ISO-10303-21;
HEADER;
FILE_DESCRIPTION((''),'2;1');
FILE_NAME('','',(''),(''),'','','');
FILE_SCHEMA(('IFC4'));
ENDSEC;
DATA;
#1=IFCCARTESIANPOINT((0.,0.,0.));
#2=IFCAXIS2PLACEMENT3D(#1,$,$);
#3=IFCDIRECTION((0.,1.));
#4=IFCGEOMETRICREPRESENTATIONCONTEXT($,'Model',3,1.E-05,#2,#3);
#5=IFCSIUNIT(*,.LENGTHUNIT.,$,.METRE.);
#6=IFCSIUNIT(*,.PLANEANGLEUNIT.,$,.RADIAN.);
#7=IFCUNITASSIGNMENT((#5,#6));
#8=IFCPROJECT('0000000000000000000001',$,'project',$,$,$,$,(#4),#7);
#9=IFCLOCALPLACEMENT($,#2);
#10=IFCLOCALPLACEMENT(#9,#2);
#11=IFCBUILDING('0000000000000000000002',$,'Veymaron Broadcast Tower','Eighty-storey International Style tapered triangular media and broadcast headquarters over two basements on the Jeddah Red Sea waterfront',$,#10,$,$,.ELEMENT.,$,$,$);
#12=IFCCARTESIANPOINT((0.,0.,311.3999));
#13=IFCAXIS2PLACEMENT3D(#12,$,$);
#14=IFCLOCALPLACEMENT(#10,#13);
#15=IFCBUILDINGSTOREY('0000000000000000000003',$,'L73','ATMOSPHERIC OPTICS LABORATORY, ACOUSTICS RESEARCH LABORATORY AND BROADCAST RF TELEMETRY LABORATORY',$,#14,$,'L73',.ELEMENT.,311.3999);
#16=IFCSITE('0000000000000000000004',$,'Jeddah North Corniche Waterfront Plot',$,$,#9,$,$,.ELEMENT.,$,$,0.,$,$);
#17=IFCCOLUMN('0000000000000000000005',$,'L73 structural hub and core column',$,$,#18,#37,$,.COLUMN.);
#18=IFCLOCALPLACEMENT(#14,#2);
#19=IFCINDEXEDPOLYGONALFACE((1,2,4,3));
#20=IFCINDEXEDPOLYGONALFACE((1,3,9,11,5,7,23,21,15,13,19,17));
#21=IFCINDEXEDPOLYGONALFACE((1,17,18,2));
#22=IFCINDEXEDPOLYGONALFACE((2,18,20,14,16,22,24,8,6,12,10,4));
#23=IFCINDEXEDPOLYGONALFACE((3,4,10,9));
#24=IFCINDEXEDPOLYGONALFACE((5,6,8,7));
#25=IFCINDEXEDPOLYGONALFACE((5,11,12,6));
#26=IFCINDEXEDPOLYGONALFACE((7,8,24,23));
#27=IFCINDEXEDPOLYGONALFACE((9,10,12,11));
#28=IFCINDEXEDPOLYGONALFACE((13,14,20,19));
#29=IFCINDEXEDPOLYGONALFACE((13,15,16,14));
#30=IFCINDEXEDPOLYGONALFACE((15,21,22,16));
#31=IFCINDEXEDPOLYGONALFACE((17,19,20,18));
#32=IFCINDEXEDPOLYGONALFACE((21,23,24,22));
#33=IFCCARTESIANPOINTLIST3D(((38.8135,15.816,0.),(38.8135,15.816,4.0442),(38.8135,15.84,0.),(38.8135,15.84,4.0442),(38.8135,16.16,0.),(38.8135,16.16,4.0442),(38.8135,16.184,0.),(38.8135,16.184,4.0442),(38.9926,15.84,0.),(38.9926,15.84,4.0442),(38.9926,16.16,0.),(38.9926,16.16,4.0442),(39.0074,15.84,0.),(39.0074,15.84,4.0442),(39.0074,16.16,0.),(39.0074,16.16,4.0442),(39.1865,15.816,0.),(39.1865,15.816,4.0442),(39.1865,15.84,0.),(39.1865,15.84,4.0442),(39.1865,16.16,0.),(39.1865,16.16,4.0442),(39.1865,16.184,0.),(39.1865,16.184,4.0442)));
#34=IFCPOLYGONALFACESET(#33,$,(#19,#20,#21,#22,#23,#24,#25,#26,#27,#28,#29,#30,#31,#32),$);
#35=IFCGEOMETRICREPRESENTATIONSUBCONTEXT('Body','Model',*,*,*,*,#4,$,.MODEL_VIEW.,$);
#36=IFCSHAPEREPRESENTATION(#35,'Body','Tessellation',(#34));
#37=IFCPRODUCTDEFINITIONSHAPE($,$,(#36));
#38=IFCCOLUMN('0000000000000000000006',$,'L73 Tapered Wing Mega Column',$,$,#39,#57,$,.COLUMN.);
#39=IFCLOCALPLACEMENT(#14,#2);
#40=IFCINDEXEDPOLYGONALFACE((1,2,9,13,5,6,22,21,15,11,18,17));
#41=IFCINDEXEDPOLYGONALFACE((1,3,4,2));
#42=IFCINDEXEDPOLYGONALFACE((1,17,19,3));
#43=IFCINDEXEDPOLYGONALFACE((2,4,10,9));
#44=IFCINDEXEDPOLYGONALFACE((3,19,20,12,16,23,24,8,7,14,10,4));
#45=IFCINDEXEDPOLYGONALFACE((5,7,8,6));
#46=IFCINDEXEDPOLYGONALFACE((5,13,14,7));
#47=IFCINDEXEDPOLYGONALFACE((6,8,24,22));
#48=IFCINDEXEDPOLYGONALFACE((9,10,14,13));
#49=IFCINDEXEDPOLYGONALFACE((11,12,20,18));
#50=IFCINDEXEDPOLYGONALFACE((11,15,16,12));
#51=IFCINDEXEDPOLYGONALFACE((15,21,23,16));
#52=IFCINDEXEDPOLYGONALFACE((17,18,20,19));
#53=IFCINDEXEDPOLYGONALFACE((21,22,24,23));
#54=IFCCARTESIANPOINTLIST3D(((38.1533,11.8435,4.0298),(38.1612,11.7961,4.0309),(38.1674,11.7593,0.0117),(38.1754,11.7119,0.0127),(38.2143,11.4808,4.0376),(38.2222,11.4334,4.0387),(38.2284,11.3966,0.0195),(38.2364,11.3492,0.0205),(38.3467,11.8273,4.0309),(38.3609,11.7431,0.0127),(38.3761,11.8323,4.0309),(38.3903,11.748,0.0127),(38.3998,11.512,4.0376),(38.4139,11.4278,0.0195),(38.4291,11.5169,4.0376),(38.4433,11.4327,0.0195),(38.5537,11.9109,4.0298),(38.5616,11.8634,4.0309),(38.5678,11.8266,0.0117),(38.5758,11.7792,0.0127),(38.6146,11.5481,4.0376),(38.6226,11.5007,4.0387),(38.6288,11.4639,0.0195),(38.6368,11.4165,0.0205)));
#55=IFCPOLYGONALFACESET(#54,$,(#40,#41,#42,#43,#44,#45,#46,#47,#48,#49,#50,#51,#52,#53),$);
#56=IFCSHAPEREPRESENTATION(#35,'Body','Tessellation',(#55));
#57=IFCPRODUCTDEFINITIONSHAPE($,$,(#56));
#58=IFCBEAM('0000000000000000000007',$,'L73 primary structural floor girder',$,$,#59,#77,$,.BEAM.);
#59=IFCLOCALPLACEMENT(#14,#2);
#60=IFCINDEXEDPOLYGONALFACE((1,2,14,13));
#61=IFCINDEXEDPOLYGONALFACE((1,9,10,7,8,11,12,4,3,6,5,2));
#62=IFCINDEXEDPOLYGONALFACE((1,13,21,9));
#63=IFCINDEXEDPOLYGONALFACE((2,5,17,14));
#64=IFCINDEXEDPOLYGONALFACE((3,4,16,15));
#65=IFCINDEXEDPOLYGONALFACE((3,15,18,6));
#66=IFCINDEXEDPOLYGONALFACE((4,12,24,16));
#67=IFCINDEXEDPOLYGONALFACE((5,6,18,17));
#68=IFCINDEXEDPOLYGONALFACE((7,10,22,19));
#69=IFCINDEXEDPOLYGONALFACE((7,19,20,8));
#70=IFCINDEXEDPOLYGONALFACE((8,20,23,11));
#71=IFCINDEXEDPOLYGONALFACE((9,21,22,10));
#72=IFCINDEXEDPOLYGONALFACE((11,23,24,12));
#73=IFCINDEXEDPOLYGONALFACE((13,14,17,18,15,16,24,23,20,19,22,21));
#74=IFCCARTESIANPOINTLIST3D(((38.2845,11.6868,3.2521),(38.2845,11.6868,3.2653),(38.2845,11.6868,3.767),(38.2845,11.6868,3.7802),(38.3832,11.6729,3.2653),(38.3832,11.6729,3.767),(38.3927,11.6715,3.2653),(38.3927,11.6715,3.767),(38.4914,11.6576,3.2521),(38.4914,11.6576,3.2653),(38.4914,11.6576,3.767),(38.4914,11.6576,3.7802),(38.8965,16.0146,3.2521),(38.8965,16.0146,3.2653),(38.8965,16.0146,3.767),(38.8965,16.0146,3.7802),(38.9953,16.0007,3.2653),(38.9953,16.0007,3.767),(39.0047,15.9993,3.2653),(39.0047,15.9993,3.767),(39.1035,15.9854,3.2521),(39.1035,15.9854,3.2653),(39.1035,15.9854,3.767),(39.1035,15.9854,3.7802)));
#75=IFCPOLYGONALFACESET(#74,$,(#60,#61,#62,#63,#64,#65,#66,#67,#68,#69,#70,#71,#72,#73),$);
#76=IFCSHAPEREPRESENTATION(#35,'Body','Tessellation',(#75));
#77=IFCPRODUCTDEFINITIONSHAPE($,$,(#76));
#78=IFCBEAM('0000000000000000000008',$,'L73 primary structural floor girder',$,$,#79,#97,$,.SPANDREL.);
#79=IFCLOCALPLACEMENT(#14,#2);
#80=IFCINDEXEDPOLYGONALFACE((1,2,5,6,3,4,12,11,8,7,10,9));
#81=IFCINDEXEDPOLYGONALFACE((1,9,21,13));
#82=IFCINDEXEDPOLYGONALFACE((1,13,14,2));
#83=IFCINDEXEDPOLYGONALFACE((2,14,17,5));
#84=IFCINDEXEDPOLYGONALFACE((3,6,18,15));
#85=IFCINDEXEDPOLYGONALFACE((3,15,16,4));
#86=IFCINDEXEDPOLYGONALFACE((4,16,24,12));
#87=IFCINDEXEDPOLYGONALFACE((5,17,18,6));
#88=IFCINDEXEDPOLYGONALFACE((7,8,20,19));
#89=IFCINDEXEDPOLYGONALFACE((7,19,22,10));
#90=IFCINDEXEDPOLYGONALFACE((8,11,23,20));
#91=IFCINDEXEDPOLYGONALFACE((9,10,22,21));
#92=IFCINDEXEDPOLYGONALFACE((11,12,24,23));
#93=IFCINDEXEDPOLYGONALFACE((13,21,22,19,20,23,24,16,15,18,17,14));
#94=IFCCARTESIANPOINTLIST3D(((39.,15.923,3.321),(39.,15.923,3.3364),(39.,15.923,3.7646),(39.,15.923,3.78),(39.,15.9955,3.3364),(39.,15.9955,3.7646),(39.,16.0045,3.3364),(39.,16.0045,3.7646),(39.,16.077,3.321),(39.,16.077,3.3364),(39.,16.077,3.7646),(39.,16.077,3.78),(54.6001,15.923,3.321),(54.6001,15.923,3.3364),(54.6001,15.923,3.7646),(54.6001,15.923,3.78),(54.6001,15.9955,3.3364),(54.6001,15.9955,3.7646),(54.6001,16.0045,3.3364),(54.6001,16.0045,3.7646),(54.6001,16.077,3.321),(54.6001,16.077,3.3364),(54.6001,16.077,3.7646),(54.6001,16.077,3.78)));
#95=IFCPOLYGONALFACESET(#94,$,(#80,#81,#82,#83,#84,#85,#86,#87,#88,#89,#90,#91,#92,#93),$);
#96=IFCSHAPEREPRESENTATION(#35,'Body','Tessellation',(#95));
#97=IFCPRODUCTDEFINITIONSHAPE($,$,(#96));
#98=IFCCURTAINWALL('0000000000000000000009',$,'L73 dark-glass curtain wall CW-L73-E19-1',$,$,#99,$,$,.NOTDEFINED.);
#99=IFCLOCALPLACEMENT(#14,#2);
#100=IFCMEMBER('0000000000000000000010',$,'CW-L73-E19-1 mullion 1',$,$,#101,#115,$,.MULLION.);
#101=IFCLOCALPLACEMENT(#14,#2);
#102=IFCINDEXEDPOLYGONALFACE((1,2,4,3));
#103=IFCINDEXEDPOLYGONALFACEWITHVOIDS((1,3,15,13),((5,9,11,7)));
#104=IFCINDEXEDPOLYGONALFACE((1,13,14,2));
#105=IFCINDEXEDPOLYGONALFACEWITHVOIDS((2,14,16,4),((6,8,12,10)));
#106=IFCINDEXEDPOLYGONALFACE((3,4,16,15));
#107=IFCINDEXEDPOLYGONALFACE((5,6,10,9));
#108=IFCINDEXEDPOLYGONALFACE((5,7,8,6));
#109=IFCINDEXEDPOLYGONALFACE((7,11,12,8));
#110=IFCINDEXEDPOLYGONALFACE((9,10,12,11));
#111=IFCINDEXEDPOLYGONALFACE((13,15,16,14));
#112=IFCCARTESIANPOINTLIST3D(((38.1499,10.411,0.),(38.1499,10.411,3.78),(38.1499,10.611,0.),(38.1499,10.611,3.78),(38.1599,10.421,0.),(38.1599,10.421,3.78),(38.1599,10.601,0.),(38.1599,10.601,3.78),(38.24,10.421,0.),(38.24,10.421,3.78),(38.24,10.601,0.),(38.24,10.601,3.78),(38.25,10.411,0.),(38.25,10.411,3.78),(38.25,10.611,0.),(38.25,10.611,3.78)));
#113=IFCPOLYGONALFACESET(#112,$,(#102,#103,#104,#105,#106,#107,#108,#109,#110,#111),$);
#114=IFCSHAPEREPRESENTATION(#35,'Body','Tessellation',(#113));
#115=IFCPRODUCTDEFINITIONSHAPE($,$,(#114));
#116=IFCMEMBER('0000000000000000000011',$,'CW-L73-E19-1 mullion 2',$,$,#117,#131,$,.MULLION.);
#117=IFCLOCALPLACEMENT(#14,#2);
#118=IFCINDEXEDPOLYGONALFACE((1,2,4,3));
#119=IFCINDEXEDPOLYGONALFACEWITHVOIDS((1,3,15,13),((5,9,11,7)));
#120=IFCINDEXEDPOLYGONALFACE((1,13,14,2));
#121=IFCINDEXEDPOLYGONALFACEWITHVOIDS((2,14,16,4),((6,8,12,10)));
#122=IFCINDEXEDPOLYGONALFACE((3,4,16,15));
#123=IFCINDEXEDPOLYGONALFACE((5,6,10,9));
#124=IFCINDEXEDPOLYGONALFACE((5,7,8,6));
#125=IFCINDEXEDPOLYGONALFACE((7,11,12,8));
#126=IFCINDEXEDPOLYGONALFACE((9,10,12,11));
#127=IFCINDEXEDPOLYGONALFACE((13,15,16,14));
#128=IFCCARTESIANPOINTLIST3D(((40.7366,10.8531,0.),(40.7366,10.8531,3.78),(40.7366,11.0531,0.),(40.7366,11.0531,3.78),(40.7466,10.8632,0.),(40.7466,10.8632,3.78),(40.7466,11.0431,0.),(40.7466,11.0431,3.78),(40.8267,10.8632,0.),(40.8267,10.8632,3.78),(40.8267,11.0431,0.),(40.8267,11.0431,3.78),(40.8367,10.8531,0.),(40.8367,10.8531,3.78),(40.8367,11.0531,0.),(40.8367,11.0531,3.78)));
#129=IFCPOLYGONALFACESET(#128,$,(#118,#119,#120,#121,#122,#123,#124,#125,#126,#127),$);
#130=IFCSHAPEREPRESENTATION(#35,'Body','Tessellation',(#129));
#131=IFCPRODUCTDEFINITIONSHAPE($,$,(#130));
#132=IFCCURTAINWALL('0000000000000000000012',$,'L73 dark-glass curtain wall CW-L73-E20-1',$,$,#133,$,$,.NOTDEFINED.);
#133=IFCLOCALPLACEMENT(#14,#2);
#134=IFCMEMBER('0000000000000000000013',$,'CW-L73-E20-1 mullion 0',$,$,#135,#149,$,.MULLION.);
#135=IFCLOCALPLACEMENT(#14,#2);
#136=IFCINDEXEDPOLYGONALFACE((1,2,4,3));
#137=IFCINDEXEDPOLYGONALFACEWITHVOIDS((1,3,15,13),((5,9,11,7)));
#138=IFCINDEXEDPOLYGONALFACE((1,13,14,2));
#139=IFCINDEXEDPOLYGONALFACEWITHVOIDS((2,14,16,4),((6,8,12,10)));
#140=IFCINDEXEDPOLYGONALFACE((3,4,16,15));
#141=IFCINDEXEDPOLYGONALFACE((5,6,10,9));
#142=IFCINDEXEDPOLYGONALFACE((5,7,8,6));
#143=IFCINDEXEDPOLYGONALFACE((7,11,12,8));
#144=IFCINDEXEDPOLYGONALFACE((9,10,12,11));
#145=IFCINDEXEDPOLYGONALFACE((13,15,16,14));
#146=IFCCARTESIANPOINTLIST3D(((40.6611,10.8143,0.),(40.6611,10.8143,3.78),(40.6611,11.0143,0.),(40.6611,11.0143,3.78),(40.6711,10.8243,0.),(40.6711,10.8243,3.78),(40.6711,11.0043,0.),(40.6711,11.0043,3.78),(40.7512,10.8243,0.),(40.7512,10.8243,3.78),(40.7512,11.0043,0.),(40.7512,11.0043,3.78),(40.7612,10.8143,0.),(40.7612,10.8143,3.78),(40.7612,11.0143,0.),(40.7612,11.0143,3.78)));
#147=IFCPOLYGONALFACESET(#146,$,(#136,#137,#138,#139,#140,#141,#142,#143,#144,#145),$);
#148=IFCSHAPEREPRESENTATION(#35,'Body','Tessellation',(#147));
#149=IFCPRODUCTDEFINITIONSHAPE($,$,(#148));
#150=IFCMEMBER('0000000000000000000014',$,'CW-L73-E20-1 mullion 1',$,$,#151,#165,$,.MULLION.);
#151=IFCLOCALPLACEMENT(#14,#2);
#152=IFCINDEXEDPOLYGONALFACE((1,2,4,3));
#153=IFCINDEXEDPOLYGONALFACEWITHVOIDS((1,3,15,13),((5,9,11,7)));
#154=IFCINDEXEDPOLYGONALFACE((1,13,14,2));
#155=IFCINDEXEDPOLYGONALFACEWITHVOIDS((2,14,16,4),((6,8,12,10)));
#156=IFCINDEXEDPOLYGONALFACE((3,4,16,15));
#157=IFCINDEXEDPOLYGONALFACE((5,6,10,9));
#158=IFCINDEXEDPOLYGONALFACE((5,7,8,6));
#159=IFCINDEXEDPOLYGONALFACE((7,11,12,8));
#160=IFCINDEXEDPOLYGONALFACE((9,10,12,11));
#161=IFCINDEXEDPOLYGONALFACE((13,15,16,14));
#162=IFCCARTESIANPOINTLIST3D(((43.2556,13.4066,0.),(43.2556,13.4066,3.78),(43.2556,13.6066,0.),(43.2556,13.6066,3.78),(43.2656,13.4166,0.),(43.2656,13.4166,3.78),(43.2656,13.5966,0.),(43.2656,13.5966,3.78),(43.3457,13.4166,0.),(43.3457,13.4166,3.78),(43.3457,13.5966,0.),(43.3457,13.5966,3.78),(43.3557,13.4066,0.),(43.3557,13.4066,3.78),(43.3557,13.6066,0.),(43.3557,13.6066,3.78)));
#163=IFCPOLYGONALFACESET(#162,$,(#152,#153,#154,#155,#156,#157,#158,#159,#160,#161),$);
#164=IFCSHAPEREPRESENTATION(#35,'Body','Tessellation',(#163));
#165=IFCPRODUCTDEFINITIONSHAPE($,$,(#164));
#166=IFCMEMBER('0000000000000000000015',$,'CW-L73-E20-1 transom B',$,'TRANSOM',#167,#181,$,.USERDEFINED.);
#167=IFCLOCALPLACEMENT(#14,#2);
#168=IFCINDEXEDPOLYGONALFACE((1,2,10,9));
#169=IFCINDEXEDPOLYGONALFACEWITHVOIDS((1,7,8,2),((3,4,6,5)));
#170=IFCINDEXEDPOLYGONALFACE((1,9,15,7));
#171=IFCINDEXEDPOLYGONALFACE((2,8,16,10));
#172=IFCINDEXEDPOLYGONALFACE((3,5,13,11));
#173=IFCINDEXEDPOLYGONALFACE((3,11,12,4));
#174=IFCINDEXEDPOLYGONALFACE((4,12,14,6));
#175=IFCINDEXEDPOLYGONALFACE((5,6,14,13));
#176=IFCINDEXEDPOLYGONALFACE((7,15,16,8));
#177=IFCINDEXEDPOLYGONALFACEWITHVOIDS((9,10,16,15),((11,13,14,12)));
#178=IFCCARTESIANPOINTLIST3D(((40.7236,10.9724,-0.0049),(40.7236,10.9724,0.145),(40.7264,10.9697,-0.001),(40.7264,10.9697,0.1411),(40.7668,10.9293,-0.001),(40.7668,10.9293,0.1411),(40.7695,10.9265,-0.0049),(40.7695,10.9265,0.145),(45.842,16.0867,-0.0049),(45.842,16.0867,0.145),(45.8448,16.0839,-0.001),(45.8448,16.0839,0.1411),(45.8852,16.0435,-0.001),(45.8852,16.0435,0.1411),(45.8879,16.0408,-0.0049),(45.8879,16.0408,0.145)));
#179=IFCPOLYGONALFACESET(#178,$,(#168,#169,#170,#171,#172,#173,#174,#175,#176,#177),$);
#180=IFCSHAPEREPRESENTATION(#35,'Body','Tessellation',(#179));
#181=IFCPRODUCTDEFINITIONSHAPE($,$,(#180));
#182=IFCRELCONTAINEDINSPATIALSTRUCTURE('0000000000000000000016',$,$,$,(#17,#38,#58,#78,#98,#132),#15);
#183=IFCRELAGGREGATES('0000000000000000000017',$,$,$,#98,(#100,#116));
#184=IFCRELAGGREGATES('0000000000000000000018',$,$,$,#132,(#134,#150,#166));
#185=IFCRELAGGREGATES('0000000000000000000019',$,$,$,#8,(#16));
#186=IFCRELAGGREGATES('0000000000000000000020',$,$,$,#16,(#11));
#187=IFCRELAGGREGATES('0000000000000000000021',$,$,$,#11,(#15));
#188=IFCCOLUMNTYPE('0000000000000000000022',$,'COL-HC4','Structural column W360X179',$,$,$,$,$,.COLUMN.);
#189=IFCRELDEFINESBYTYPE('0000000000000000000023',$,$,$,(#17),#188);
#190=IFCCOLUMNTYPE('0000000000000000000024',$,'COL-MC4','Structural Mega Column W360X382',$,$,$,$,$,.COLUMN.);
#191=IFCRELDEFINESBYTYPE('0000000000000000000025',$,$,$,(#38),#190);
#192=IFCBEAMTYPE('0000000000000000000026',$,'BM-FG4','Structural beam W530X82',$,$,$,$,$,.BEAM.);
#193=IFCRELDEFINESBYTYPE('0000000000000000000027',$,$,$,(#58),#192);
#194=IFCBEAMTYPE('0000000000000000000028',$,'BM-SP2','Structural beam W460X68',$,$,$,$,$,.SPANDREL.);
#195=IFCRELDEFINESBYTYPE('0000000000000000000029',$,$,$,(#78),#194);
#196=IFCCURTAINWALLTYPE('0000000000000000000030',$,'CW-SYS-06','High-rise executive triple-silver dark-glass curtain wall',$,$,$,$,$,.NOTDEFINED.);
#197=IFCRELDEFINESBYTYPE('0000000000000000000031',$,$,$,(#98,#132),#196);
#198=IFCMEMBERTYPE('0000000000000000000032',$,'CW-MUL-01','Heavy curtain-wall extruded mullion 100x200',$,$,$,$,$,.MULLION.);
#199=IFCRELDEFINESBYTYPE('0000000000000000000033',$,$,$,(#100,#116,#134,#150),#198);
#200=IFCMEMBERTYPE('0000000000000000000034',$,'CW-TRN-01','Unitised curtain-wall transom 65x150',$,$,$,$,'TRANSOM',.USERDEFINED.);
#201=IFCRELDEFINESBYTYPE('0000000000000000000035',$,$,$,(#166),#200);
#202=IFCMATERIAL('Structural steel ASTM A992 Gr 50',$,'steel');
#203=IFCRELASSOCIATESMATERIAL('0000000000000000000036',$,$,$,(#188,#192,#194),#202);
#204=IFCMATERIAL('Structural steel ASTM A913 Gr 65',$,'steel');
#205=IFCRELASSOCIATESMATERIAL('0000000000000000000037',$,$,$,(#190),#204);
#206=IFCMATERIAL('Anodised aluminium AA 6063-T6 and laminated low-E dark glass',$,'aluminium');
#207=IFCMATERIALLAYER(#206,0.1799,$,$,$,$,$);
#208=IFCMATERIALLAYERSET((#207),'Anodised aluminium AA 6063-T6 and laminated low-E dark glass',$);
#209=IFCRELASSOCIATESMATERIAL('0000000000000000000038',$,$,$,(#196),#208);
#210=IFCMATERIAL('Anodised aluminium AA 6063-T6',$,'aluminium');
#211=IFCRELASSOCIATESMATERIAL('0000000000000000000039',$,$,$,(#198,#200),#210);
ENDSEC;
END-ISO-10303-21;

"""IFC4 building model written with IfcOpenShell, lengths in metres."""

from ifc_helpers import new_model, si_unit, direction, frame, origin, origin_2d, place, context, subcontext, project, spatial, hollow_rectangle, i_section, extrude, material, layer, layer_set, material_profile, profile_set, type_object, element, aggregate, save


model = new_model("IFC4")

# Units and contexts
model_context = context("Model", 3, precision=1e-05, world=origin(), true_north=direction((0.0, 1.0)))
body_context = subcontext(model_context, "Body", "Model", "MODEL_VIEW")
ifc_project = project(units=[si_unit("LENGTHUNIT", "METRE"), si_unit("PLANEANGLEUNIT", "RADIAN")], contexts=[model_context])

# Site, building, storey
site_placement = place(None, origin())
site = spatial("IfcSite", under=ifc_project, at=site_placement, Name="Jeddah North Corniche Waterfront Plot", CompositionType="ELEMENT", RefElevation=0.0)
building_placement = place(site_placement, origin())
building = spatial("IfcBuilding", under=site, at=building_placement, Name="Veymaron Broadcast Tower", Description="Eighty-storey International Style tapered triangular media and broadcast headquarters over two basements on the Jeddah Red Sea waterfront", CompositionType="ELEMENT")
storey_placement = place(building_placement, frame((0.0, 0.0, 311.3999)))
storey = spatial("IfcBuildingStorey", under=building, at=storey_placement, Name="L73", Description="ATMOSPHERIC OPTICS LABORATORY, ACOUSTICS RESEARCH LABORATORY AND BROADCAST RF TELEMETRY LABORATORY", LongName="L73", CompositionType="ELEMENT", Elevation=311.3999)

# Columns
ifc_material_1 = material(Name="Structural steel ASTM A992 Gr 50", Category="steel")
ifc_material_profile_1 = material_profile(ifc_material_1, i_section(OverallWidth=0.373, OverallDepth=0.3679, WebThickness=0.0149, FlangeThickness=0.0239, at=origin_2d()), Name="W360X179")
ifc_profile_set_1 = profile_set([ifc_material_profile_1], Name="Structural steel ASTM A992 Gr 50")
column_type_1 = type_object("IfcColumnType", Name="COL-HC4", Description="Structural column W360X179", PredefinedType="COLUMN", material=ifc_profile_set_1)
column_1_placement = place(storey_placement, frame((39.0, 16.0, 0.0), z_axis=(0.0, 0.0, 1.0), x_axis=(1.0, 0.0, 0.0)))
element("IfcColumn", 1, at=column_1_placement, inside=storey, type_object=column_type_1, Name="L73 structural hub and core column", PredefinedType="COLUMN", context=body_context, shape_type="SweptSolid", body=[
    extrude(i_section(OverallWidth=0.373, OverallDepth=0.3679, WebThickness=0.0149, FlangeThickness=0.0239, at=origin_2d()), origin(), (0.0, 0.0, 1.0), 4.0442),
])
ifc_material_2 = material(Name="Structural steel ASTM A913 Gr 65", Category="steel")
ifc_material_profile_2 = material_profile(ifc_material_2, i_section(OverallWidth=0.406, OverallDepth=0.416, WebThickness=0.0298, FlangeThickness=0.0481, at=origin_2d()), Name="W360X382")
ifc_profile_set_2 = profile_set([ifc_material_profile_2], Name="Structural steel ASTM A913 Gr 65")
column_type_2 = type_object("IfcColumnType", Name="COL-MC4", Description="Structural Mega Column W360X382", PredefinedType="COLUMN", material=ifc_profile_set_2)
column_2_placement = place(storey_placement, frame((38.4021, 11.5879, 0.0161), z_axis=(-0.003523, 0.020958, 0.999774), x_axis=(-0.986161, -0.165789, 0.0)))
element("IfcColumn", 2, at=column_2_placement, inside=storey, type_object=column_type_2, Name="L73 Tapered Wing Mega Column", PredefinedType="COLUMN", context=body_context, shape_type="SweptSolid", body=[
    extrude(i_section(OverallWidth=0.406, OverallDepth=0.416, WebThickness=0.0298, FlangeThickness=0.0481, at=origin_2d()), origin(), (0.0, 0.0, 1.0), 4.019),
])

# Beams
ifc_material_profile_3 = material_profile(ifc_material_1, i_section(OverallWidth=0.209, OverallDepth=0.5281, WebThickness=0.0095, FlangeThickness=0.0132, at=origin_2d()), Name="W530X82")
ifc_profile_set_3 = profile_set([ifc_material_profile_3], Name="Structural steel ASTM A992 Gr 50")
beam_type_1 = type_object("IfcBeamType", Name="BM-FG4", Description="Structural beam W530X82", PredefinedType="BEAM", material=ifc_profile_set_3)
beam_1_placement = place(storey_placement, frame((39.0, 16.0, 3.5161), z_axis=(-0.140029, -0.990147, 0.0), x_axis=(0.990147, -0.140029, 0.0)))
element("IfcBeam", 3, at=beam_1_placement, inside=storey, type_object=beam_type_1, Name="L73 primary structural floor girder", PredefinedType="BEAM", context=body_context, shape_type="SweptSolid", body=[
    extrude(i_section(OverallWidth=0.209, OverallDepth=0.5281, WebThickness=0.0095, FlangeThickness=0.0132, at=origin_2d()), origin(), (0.0, 0.0, 1.0), 4.3708),
])
ifc_material_profile_4 = material_profile(ifc_material_1, i_section(OverallWidth=0.1541, OverallDepth=0.459, WebThickness=0.009, FlangeThickness=0.0154, at=origin_2d()), Name="W460X68")
ifc_profile_set_4 = profile_set([ifc_material_profile_4], Name="Structural steel ASTM A992 Gr 50")
beam_type_2 = type_object("IfcBeamType", Name="BM-SP2", Description="Structural beam W460X68", PredefinedType="SPANDREL", material=ifc_profile_set_4)
beam_2_placement = place(storey_placement, frame((39.0, 16.0, 3.5505), z_axis=(1.0, 0.0, 0.0), x_axis=(0.0, 1.0, 0.0)))
element("IfcBeam", 4, at=beam_2_placement, inside=storey, type_object=beam_type_2, Name="L73 primary structural floor girder", PredefinedType="SPANDREL", context=body_context, shape_type="SweptSolid", body=[
    extrude(i_section(OverallWidth=0.1541, OverallDepth=0.459, WebThickness=0.009, FlangeThickness=0.0154, at=origin_2d()), origin(), (0.0, 0.0, 1.0), 15.6001),
])

# Curtain walls, members
ifc_material_3 = material(Name="Anodised aluminium AA 6063-T6 and laminated low-E dark glass", Category="aluminium")
ifc_layer_1 = layer(ifc_material_3, 0.1799)
ifc_layer_set_1 = layer_set([ifc_layer_1], Name="Anodised aluminium AA 6063-T6 and laminated low-E dark glass")
curtain_wall_type = type_object("IfcCurtainWallType", Name="CW-SYS-06", Description="High-rise executive triple-silver dark-glass curtain wall", PredefinedType="NOTDEFINED", material=ifc_layer_set_1)
curtain_wall_1_placement = place(storey_placement, origin())
curtain_wall_1 = element("IfcCurtainWall", 5, at=curtain_wall_1_placement, inside=storey, type_object=curtain_wall_type, Name="L73 dark-glass curtain wall CW-L73-E19-1", PredefinedType="NOTDEFINED")
ifc_material_4 = material(Name="Anodised aluminium AA 6063-T6", Category="aluminium")
ifc_material_profile_5 = material_profile(ifc_material_4, hollow_rectangle(XDim=0.1001, YDim=0.2, WallThickness=0.01, at=origin_2d()), Name="RHS200X100X10")
ifc_profile_set_5 = profile_set([ifc_material_profile_5], Name="Anodised aluminium AA 6063-T6")
member_type_1 = type_object("IfcMemberType", Name="CW-MUL-01", Description="Heavy curtain-wall extruded mullion 100x200", PredefinedType="MULLION", material=ifc_profile_set_5)
member_1_placement = place(storey_placement, frame((38.2, 10.511, 0.0), z_axis=(0.0, 0.0, 1.0), x_axis=(1.0, 0.0, 0.0)))
member_1 = element("IfcMember", 6, at=member_1_placement, type_object=member_type_1, Name="CW-L73-E19-1 mullion 1", PredefinedType="MULLION", context=body_context, shape_type="SweptSolid", body=[
    extrude(hollow_rectangle(XDim=0.1001, YDim=0.2, WallThickness=0.01, at=origin_2d()), origin(), (0.0, 0.0, 1.0), 3.78),
])
member_2_placement = place(storey_placement, frame((40.7866, 10.9531, 0.0), z_axis=(0.0, 0.0, 1.0), x_axis=(1.0, 0.0, 0.0)))
member_2 = element("IfcMember", 7, at=member_2_placement, type_object=member_type_1, Name="CW-L73-E19-1 mullion 2", PredefinedType="MULLION", context=body_context, shape_type="SweptSolid", body=[
    extrude(hollow_rectangle(XDim=0.1001, YDim=0.2, WallThickness=0.01, at=origin_2d()), origin(), (0.0, 0.0, 1.0), 3.78),
])
curtain_wall_2_placement = place(storey_placement, origin())
curtain_wall_2 = element("IfcCurtainWall", 8, at=curtain_wall_2_placement, inside=storey, type_object=curtain_wall_type, Name="L73 dark-glass curtain wall CW-L73-E20-1", PredefinedType="NOTDEFINED")
member_3_placement = place(storey_placement, frame((40.7112, 10.9143, 0.0), z_axis=(0.0, 0.0, 1.0), x_axis=(1.0, 0.0, 0.0)))
member_3 = element("IfcMember", 9, at=member_3_placement, type_object=member_type_1, Name="CW-L73-E20-1 mullion 0", PredefinedType="MULLION", context=body_context, shape_type="SweptSolid", body=[
    extrude(hollow_rectangle(XDim=0.1001, YDim=0.2, WallThickness=0.01, at=origin_2d()), origin(), (0.0, 0.0, 1.0), 3.78),
])
member_4_placement = place(storey_placement, frame((43.3057, 13.5066, 0.0), z_axis=(0.0, 0.0, 1.0), x_axis=(1.0, 0.0, 0.0)))
member_4 = element("IfcMember", 10, at=member_4_placement, type_object=member_type_1, Name="CW-L73-E20-1 mullion 1", PredefinedType="MULLION", context=body_context, shape_type="SweptSolid", body=[
    extrude(hollow_rectangle(XDim=0.1001, YDim=0.2, WallThickness=0.01, at=origin_2d()), origin(), (0.0, 0.0, 1.0), 3.78),
])
ifc_material_profile_6 = material_profile(ifc_material_4, hollow_rectangle(XDim=0.0649, YDim=0.1499, WallThickness=0.0039, at=origin_2d()), Name="AL150X65X4")
ifc_profile_set_6 = profile_set([ifc_material_profile_6], Name="Anodised aluminium AA 6063-T6")
member_type_2 = type_object("IfcMemberType", Name="CW-TRN-01", Description="Unitised curtain-wall transom 65x150", ElementType="TRANSOM", PredefinedType="USERDEFINED", material=ifc_profile_set_6)
member_5_placement = place(storey_placement, frame((40.7466, 10.9495, 0.0701), z_axis=(0.707394, 0.70682, 0.0), x_axis=(-0.70682, 0.707394, 0.0)))
member_5 = element("IfcMember", 11, at=member_5_placement, type_object=member_type_2, Name="CW-L73-E20-1 transom B", ObjectType="TRANSOM", PredefinedType="USERDEFINED", context=body_context, shape_type="SweptSolid", body=[
    extrude(hollow_rectangle(XDim=0.0649, YDim=0.1499, WallThickness=0.0039, at=origin_2d()), origin(), (0.0, 0.0, 1.0), 7.2356),
])

aggregate(curtain_wall_1, [member_1, member_2])
aggregate(curtain_wall_2, [member_3, member_4, member_5])

save(model, "model.ifc")
